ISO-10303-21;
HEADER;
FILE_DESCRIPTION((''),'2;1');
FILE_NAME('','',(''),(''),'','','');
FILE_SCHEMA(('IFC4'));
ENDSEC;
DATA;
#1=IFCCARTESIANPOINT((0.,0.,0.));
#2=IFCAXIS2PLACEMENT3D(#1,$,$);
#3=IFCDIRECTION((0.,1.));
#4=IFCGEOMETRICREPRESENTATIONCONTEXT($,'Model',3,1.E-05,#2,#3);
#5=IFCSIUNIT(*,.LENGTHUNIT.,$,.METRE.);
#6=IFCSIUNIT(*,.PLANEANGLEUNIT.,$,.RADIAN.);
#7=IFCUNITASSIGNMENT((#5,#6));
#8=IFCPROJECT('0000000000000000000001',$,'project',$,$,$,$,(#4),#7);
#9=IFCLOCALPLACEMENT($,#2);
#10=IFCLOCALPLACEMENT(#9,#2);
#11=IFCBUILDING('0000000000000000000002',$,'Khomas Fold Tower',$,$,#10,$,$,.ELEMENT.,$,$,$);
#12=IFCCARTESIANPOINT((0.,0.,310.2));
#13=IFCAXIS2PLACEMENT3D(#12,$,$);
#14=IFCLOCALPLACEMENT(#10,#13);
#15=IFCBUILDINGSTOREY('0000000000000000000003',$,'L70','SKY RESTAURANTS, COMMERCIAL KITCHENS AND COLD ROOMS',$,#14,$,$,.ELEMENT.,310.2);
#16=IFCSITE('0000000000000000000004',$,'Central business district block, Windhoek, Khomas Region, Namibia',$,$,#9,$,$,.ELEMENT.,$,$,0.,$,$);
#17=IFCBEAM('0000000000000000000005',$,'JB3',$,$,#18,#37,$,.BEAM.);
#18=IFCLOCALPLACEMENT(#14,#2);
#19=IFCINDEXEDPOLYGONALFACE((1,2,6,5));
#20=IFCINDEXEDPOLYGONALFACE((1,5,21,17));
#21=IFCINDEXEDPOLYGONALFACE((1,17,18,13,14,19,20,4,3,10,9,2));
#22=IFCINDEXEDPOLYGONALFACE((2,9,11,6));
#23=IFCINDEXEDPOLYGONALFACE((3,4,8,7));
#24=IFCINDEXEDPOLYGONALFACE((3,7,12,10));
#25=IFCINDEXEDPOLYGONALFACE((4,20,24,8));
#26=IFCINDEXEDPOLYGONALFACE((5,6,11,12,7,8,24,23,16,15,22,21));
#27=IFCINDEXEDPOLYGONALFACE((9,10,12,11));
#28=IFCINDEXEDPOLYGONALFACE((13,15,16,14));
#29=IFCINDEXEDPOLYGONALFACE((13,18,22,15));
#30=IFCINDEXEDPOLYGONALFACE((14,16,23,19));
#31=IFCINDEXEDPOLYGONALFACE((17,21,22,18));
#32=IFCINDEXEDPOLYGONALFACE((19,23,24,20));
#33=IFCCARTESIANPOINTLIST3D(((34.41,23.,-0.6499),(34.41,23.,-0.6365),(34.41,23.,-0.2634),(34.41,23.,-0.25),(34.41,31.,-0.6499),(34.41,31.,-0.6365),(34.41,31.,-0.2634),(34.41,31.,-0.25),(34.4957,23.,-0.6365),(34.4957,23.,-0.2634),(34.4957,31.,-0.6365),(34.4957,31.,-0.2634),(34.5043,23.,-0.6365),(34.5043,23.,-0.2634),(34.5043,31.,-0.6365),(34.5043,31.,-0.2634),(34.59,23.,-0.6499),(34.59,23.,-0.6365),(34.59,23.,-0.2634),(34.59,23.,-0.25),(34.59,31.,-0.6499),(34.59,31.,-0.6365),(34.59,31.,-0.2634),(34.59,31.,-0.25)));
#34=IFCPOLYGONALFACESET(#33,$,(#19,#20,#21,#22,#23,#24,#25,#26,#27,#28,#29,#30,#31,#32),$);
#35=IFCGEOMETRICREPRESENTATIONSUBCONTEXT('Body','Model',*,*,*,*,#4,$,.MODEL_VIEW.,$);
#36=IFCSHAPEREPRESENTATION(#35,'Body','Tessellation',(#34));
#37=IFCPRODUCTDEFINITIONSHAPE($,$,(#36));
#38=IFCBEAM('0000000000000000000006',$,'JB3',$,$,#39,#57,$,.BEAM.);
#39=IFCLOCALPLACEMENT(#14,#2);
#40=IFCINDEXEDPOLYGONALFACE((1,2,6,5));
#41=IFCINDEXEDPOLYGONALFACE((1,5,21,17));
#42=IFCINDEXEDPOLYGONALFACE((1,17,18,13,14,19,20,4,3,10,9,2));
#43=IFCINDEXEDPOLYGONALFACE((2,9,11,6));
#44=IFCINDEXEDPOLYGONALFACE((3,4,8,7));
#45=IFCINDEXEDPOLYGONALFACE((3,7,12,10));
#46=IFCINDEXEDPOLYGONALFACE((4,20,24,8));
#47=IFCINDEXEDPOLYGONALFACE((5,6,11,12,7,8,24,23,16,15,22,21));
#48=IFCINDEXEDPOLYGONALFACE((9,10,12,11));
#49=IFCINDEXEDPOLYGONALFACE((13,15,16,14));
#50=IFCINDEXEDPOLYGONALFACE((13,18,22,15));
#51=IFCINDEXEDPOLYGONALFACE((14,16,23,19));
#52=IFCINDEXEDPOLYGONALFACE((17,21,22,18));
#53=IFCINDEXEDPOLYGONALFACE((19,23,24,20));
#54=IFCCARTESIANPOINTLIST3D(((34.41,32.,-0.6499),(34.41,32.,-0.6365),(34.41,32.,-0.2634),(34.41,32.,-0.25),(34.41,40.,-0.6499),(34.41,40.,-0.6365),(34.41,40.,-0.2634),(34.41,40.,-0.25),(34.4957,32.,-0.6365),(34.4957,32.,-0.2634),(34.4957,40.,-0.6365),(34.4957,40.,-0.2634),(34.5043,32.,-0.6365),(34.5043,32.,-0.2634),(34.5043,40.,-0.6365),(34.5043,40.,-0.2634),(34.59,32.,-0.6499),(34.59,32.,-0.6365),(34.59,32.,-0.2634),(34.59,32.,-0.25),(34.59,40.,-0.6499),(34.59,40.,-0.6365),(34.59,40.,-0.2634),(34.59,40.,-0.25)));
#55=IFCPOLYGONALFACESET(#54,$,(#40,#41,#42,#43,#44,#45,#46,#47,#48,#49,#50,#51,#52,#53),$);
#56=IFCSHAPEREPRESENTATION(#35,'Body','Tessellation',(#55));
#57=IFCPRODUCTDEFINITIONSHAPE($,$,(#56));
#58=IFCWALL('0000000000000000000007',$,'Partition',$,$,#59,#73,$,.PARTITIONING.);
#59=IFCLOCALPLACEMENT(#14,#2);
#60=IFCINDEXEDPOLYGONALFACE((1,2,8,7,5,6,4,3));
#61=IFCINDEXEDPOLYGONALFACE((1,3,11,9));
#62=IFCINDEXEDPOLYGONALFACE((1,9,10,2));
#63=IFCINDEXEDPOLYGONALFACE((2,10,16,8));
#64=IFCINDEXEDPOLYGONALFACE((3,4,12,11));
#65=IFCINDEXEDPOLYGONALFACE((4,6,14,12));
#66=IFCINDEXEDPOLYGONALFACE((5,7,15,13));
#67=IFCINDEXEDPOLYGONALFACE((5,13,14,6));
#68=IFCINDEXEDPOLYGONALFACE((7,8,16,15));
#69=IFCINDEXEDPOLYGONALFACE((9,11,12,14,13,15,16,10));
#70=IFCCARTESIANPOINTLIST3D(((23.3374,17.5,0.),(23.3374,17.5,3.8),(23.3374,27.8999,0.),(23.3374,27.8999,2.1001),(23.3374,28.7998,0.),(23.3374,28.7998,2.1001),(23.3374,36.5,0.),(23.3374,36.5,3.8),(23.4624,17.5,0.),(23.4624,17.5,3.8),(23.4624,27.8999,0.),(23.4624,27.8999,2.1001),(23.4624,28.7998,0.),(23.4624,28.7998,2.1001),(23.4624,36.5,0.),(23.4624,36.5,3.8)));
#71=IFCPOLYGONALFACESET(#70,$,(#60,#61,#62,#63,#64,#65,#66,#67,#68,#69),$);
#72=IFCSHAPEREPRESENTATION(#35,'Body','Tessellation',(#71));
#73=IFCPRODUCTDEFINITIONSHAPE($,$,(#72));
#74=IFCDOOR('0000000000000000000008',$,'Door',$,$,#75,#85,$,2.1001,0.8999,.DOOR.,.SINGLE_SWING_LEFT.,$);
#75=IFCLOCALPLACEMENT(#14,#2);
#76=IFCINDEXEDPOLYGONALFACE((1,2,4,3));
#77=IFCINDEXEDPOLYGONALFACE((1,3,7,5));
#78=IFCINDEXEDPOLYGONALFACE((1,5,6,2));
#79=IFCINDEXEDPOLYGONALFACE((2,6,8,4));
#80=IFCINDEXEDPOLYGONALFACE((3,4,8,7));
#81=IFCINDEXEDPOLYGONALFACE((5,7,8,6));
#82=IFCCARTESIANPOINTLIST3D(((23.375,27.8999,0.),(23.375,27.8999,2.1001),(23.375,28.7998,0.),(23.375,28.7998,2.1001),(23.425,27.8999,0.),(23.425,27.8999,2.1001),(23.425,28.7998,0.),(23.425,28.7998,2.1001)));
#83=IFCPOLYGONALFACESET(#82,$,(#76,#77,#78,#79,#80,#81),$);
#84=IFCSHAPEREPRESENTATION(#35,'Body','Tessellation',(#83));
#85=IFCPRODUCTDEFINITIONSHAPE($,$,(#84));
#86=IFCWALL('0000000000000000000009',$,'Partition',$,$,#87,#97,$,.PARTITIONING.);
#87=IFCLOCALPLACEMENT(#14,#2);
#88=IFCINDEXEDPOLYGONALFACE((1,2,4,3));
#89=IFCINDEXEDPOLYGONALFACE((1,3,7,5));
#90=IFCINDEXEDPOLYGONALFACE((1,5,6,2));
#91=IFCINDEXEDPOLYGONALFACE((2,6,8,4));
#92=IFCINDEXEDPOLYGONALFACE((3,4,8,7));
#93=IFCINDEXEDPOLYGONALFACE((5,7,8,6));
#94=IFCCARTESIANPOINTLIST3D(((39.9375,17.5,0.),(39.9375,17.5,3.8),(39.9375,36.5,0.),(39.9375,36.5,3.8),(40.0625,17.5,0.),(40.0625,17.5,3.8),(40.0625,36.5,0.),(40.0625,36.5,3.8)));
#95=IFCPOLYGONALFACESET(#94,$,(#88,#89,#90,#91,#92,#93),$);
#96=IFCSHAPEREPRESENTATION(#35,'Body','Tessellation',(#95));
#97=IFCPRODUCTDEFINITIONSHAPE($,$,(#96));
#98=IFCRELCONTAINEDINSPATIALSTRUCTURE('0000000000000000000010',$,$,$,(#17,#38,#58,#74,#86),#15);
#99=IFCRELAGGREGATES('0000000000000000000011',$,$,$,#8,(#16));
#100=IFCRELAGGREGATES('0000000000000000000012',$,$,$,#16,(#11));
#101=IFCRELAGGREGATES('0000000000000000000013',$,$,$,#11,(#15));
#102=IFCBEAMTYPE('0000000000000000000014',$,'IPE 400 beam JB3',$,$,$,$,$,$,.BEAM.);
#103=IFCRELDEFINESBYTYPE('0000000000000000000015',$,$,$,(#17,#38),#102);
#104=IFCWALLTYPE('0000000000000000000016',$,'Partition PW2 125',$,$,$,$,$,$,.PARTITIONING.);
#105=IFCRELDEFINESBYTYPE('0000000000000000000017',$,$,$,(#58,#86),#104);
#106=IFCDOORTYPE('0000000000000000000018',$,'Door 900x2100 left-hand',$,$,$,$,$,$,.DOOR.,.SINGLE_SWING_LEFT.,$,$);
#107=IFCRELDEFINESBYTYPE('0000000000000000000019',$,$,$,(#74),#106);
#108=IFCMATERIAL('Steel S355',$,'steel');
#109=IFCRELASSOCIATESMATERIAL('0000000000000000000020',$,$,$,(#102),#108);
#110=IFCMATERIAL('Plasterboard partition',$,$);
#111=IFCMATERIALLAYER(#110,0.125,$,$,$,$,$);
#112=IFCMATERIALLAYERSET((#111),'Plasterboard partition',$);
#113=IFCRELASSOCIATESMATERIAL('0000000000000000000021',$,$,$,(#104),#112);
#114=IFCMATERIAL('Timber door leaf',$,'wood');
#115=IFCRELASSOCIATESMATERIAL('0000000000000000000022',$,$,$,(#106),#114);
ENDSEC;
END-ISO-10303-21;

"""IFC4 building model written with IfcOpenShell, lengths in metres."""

from ifc_helpers import new_model, si_unit, direction, frame, frame_2d, origin, origin_2d, place, context, subcontext, project, spatial, rectangle, i_section, extrude, source, transform, mapped, material, layer, layer_set, material_profile, profile_set, type_object, element, fill, save


model = new_model("IFC4")

# Units and contexts
model_context = context("Model", 3, precision=1e-05, world=origin(), true_north=direction((0.0, 1.0)))
body_context = subcontext(model_context, "Body", "Model", "MODEL_VIEW")
ifc_project = project(units=[si_unit("LENGTHUNIT", "METRE"), si_unit("PLANEANGLEUNIT", "RADIAN")], contexts=[model_context])

# Site, building, storey
site_placement = place(None, origin())
site = spatial("IfcSite", under=ifc_project, at=site_placement, Name="Central business district block, Windhoek, Khomas Region, Namibia", CompositionType="ELEMENT", RefElevation=0.0)
building_placement = place(site_placement, origin())
building = spatial("IfcBuilding", under=site, at=building_placement, Name="Khomas Fold Tower", CompositionType="ELEMENT")
storey_placement = place(building_placement, frame((0.0, 0.0, 310.2)))
storey = spatial("IfcBuildingStorey", under=building, at=storey_placement, Name="L70", Description="SKY RESTAURANTS, COMMERCIAL KITCHENS AND COLD ROOMS", CompositionType="ELEMENT", Elevation=310.2)

# Beams
ifc_material_1 = material(Name="Steel S355", Category="steel")
ifc_material_profile_1 = material_profile(ifc_material_1, i_section(OverallWidth=0.1799, OverallDepth=0.3999, WebThickness=0.0085, FlangeThickness=0.0134, at=origin_2d()), Name="IPE 400")
ifc_profile_set_1 = profile_set([ifc_material_profile_1], Name="Steel S355")
beam_type_1 = type_object("IfcBeamType", Name="IPE 400 beam JB3", PredefinedType="BEAM", material=ifc_profile_set_1)
shared_shape_1 = source(origin(), body_context, "Body", "SweptSolid", [
    extrude(i_section(OverallWidth=0.1799, OverallDepth=0.3999, WebThickness=0.0085, FlangeThickness=0.0134, at=origin_2d()), origin(), (0.0, 0.0, 1.0), 8.0),
])
for number, where, z_axis, x_axis, name in (
    (1, (34.5, 23.0, -0.45), (0.0, 1.0, 0.0), (-1.0, 0.0, 0.0), "JB3"),
    (2, (34.5, 32.0, -0.45), (0.0, 1.0, 0.0), (-1.0, 0.0, 0.0), "JB3"),
):
    element("IfcBeam", number, at=place(storey_placement, frame(where, z_axis=z_axis, x_axis=x_axis)), inside=storey, type_object=beam_type_1, Name=name, PredefinedType="BEAM", context=body_context, shape_type="MappedRepresentation", body=[
        mapped(shared_shape_1, transform((0.0, 0.0, 0.0))),
    ])

# Wall, opening, door
ifc_material_2 = material(Name="Plasterboard partition")
ifc_layer_1 = layer(ifc_material_2, 0.125)
ifc_layer_set_1 = layer_set([ifc_layer_1], Name="Plasterboard partition")
wall_type_1 = type_object("IfcWallType", Name="Partition PW2 125", PredefinedType="PARTITIONING", material=ifc_layer_set_1)
shared_shape_2 = source(origin(), body_context, "Body", "SweptSolid", [
    extrude(rectangle(XDim=19.0, YDim=0.125, at=frame_2d((9.5, 0.0))), origin(), (0.0, 0.0, 1.0), 3.8),
])
wall_1_placement = place(storey_placement, frame((23.3999, 17.5, 0.0), z_axis=(0.0, 0.0, 1.0), x_axis=(0.0, 1.0, 0.0)))
wall_1 = element("IfcWall", 3, at=wall_1_placement, inside=storey, type_object=wall_type_1, Name="Partition", PredefinedType="PARTITIONING", context=body_context, shape_type="MappedRepresentation", body=[
    mapped(shared_shape_2, transform((0.0, 0.0, 0.0))),
])
shared_shape_3 = source(origin(), body_context, "Body", "SweptSolid", [
    extrude(rectangle(XDim=0.8999, YDim=2.1001, at=frame_2d((0.45, 1.05))), frame((0.0, 0.0725, 0.0), z_axis=(0.0, -1.0, 0.0), x_axis=(1.0, 0.0, 0.0)), (0.0, 0.0, 1.0), 0.145),
])
opening_1_placement = place(wall_1_placement, frame((10.3999, 0.0, 0.0)))
opening_1 = element("IfcOpeningElement", 4, at=opening_1_placement, cuts=wall_1, PredefinedType="OPENING", context=body_context, shape_type="MappedRepresentation", body=[
    mapped(shared_shape_3, transform((0.0, 0.0, 0.0))),
])
ifc_material_3 = material(Name="Timber door leaf", Category="wood")
door_type_1 = type_object("IfcDoorType", Name="Door 900x2100 left-hand", OperationType="SINGLE_SWING_LEFT", PredefinedType="DOOR", material=ifc_material_3)
shared_shape_4 = source(origin(), body_context, "Body", "SweptSolid", [
    extrude(rectangle(XDim=0.8999, YDim=2.1001, at=frame_2d((0.45, 1.05))), frame((0.0, 0.0249, 0.0), z_axis=(0.0, -1.0, 0.0), x_axis=(1.0, 0.0, 0.0)), (0.0, 0.0, 1.0), 0.05),
])
door_1_placement = place(opening_1_placement, origin())
door_1 = element("IfcDoor", 5, at=door_1_placement, inside=storey, type_object=door_type_1, Name="Door", OperationType="SINGLE_SWING_LEFT", OverallHeight=2.1001, OverallWidth=0.8999, PredefinedType="DOOR", context=body_context, shape_type="MappedRepresentation", body=[
    mapped(shared_shape_4, transform((0.0, 0.0, 0.0))),
])
fill(opening_1, door_1)

# Wall
wall_2_placement = place(storey_placement, frame((40.0, 17.5, 0.0), z_axis=(0.0, 0.0, 1.0), x_axis=(0.0, 1.0, 0.0)))
element("IfcWall", 6, at=wall_2_placement, inside=storey, type_object=wall_type_1, Name="Partition", PredefinedType="PARTITIONING", context=body_context, shape_type="MappedRepresentation", body=[
    mapped(shared_shape_2, transform((0.0, 0.0, 0.0))),
])

save(model, "model.ifc")
